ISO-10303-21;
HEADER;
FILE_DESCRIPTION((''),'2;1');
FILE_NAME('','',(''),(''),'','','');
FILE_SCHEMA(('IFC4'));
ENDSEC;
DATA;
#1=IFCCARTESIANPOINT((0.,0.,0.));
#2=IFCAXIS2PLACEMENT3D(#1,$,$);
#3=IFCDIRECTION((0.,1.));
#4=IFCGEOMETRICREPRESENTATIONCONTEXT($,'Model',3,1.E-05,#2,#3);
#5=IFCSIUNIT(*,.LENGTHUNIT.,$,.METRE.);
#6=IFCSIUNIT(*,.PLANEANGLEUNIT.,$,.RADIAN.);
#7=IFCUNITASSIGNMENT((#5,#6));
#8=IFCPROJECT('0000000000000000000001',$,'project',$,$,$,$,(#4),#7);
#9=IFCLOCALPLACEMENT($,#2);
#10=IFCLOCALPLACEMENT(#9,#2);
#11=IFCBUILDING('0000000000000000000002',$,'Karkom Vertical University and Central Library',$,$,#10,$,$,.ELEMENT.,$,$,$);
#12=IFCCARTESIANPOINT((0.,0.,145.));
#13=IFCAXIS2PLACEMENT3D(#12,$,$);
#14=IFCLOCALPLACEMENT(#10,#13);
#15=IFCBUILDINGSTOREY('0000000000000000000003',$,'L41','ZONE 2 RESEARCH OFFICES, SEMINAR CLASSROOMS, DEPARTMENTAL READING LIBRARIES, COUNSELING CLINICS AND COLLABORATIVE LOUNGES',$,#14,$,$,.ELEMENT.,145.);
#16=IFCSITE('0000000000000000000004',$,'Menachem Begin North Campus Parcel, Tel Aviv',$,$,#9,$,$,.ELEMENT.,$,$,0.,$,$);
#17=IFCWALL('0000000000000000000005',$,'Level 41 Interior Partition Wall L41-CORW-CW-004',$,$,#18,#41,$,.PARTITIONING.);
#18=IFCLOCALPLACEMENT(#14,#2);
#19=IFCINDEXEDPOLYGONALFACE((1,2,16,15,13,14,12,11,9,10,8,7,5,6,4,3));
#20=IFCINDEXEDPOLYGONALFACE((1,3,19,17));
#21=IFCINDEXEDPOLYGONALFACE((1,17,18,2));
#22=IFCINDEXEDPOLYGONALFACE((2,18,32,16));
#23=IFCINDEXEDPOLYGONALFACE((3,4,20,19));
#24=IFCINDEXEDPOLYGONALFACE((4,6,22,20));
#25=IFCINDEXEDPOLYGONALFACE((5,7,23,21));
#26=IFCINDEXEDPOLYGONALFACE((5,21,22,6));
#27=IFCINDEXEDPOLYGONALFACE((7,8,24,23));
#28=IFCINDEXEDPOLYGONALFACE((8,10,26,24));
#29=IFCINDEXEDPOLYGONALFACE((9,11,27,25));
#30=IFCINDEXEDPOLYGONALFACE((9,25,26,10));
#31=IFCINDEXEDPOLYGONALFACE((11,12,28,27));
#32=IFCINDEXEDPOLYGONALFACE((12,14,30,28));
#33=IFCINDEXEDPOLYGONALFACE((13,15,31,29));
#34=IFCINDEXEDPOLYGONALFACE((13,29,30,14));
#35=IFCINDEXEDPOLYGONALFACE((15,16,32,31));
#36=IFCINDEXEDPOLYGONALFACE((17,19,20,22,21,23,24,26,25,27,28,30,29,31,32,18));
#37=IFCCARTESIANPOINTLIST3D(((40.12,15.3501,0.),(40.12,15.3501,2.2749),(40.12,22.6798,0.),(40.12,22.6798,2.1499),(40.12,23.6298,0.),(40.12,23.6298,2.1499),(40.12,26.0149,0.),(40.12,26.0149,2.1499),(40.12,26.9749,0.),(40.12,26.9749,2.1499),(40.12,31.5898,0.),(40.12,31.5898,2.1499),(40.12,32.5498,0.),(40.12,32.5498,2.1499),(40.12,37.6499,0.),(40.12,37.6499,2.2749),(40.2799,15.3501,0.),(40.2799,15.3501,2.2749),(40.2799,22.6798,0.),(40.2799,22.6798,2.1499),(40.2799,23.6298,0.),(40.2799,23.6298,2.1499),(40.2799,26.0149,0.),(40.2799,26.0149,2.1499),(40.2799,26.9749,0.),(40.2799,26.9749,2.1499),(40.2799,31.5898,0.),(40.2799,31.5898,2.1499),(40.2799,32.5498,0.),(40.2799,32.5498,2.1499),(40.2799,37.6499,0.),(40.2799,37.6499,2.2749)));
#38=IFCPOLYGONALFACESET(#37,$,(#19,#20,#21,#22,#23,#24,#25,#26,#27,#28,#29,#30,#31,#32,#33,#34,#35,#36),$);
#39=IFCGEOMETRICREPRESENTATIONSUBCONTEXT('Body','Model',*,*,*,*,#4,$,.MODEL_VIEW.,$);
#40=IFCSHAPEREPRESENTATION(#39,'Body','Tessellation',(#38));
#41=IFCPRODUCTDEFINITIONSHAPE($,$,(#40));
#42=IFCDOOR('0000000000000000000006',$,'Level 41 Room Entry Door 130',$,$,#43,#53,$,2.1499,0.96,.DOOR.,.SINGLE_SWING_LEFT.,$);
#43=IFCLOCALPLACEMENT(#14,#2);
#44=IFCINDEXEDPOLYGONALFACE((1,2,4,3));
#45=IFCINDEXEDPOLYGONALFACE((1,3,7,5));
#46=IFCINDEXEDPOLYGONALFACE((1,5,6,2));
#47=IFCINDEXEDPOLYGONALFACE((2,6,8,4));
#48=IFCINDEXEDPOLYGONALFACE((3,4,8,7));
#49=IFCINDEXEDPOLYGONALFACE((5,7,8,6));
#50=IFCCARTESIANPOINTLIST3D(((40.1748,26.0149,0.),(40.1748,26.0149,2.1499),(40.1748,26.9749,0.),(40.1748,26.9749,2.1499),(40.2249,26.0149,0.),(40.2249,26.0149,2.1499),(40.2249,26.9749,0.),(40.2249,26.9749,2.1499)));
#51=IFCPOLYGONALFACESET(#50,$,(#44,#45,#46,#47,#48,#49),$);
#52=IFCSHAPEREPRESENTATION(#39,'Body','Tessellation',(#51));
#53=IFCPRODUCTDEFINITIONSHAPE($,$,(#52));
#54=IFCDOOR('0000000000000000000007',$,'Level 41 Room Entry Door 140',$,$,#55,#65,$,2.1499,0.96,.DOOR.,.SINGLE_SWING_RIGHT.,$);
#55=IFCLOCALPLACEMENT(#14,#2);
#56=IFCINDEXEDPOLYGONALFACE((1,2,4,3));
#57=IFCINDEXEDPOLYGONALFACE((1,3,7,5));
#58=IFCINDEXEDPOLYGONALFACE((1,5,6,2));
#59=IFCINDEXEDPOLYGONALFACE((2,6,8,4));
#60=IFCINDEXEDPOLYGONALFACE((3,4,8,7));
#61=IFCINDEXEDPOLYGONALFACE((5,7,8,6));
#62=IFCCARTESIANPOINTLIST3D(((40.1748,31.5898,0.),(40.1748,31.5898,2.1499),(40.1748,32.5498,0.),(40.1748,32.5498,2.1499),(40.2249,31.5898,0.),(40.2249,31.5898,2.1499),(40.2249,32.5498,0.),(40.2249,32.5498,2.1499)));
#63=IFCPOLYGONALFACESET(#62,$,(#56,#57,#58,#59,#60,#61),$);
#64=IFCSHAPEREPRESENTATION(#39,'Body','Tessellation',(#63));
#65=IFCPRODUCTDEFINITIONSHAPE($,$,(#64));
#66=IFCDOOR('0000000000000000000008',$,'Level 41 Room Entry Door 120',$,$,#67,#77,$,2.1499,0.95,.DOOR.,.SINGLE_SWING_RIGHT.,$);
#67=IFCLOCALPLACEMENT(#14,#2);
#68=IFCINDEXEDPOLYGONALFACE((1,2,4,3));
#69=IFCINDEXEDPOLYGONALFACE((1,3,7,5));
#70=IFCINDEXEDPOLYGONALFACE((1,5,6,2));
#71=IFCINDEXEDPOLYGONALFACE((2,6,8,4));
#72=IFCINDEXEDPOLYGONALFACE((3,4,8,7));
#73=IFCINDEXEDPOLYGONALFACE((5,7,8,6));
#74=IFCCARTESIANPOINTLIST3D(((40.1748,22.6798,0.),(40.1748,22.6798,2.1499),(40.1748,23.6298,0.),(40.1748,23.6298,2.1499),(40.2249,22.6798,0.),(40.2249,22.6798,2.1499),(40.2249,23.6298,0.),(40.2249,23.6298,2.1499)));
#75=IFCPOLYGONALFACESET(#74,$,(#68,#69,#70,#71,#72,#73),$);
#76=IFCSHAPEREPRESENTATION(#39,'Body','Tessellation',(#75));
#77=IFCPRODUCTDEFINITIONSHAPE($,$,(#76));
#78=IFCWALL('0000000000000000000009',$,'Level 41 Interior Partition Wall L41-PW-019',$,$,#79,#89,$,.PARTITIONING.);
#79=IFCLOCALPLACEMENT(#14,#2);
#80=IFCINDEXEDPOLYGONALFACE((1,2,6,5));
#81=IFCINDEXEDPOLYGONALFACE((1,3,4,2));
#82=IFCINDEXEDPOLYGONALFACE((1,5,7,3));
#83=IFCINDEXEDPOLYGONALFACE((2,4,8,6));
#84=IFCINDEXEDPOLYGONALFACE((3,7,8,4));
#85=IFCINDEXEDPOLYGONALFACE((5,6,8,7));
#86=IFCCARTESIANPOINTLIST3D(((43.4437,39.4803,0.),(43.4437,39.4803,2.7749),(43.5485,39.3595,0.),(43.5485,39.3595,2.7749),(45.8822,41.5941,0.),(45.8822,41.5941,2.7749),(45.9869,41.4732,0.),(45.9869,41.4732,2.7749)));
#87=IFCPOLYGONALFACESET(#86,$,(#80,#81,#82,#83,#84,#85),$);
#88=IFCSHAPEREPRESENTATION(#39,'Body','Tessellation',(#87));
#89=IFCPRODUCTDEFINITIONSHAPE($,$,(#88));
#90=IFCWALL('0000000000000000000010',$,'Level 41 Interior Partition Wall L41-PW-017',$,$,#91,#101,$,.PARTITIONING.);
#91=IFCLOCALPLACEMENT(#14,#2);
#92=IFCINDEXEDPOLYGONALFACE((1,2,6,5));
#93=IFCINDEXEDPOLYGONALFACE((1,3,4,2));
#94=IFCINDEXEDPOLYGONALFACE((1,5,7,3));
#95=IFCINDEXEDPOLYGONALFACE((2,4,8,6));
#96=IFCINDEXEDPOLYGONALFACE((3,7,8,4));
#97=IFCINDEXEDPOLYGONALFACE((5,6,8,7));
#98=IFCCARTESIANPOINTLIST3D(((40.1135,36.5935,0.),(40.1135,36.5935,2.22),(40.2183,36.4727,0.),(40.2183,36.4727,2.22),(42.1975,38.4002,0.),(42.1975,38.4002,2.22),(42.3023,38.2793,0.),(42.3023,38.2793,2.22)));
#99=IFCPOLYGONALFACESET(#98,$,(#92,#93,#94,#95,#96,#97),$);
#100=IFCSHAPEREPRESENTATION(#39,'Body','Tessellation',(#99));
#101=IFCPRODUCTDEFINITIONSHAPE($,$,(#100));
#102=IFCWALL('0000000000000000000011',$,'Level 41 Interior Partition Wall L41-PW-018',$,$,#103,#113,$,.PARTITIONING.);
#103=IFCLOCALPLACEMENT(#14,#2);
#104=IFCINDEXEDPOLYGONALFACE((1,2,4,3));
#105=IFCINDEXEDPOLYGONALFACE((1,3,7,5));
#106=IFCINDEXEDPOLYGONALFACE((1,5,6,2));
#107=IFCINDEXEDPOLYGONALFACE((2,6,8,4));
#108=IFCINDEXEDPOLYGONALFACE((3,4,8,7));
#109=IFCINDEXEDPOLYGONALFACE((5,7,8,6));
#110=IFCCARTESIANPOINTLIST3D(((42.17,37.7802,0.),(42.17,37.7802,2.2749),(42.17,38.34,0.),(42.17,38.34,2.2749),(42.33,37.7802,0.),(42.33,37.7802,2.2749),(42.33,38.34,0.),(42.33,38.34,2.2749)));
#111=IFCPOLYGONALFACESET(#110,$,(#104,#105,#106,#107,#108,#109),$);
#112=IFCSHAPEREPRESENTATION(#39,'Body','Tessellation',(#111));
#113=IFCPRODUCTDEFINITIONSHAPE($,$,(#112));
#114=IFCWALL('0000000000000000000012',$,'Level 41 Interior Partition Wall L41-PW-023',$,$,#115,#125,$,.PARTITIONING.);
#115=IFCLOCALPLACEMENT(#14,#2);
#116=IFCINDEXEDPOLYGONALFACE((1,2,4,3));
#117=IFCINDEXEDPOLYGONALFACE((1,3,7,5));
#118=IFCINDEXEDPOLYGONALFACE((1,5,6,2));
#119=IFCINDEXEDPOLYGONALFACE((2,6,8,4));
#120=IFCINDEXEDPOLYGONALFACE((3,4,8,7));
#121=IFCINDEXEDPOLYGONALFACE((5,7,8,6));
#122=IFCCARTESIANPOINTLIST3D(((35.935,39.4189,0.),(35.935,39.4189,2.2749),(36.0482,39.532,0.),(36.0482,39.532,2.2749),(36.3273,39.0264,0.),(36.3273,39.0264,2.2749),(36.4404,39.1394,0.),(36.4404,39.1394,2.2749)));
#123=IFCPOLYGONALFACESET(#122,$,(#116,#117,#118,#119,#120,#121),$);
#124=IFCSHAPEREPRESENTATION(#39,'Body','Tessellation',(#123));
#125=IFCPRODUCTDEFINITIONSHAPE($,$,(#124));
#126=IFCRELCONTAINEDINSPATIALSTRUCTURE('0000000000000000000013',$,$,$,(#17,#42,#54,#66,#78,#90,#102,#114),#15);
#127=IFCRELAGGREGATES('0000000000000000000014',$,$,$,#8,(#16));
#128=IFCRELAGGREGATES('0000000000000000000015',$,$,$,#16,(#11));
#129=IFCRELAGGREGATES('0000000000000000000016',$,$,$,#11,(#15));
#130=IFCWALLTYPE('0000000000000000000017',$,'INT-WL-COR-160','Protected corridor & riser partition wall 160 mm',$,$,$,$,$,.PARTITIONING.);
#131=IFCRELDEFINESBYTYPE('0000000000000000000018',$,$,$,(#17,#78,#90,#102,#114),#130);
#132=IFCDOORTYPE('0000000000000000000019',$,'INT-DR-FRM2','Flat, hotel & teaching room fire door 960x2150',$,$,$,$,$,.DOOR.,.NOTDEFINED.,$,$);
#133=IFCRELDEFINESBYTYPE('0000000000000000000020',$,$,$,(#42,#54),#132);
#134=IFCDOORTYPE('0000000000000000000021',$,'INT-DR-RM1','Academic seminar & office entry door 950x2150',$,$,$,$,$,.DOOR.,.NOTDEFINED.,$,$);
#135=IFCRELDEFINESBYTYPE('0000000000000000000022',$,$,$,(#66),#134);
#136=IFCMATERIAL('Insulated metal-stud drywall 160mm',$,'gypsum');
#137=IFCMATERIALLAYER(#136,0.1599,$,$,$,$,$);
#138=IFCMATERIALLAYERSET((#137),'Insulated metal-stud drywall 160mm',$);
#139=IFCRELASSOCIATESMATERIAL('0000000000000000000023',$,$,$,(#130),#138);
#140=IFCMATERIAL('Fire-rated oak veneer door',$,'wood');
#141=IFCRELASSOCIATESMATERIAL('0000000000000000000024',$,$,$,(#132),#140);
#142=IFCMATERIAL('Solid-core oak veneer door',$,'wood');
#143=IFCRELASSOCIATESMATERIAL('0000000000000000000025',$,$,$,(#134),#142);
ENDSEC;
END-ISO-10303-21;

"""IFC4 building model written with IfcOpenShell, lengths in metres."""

from ifc_helpers import new_model, si_unit, direction, frame, frame_2d, origin, origin_with_axes, place, context, subcontext, project, spatial, rectangle, extrude, source, transform, mapped, material, layer, layer_set, type_object, element, fill, save


model = new_model("IFC4")

# Units and contexts
model_context = context("Model", 3, precision=1e-05, world=origin(), true_north=direction((0.0, 1.0)))
body_context = subcontext(model_context, "Body", "Model", "MODEL_VIEW")
ifc_project = project(units=[si_unit("LENGTHUNIT", "METRE"), si_unit("PLANEANGLEUNIT", "RADIAN")], contexts=[model_context])

# Site, building, storey
site_placement = place(None, origin())
site = spatial("IfcSite", under=ifc_project, at=site_placement, Name="Menachem Begin North Campus Parcel, Tel Aviv", CompositionType="ELEMENT", RefElevation=0.0)
building_placement = place(site_placement, origin())
building = spatial("IfcBuilding", under=site, at=building_placement, Name="Karkom Vertical University and Central Library", CompositionType="ELEMENT")
storey_placement = place(building_placement, frame((0.0, 0.0, 145.0)))
storey = spatial("IfcBuildingStorey", under=building, at=storey_placement, Name="L41", Description="ZONE 2 RESEARCH OFFICES, SEMINAR CLASSROOMS, DEPARTMENTAL READING LIBRARIES, COUNSELING CLINICS AND COLLABORATIVE LOUNGES", CompositionType="ELEMENT", Elevation=145.0)

# Wall, openings, doors
ifc_material_1 = material(Name="Insulated metal-stud drywall 160mm", Category="gypsum")
ifc_layer_1 = layer(ifc_material_1, 0.1599)
ifc_layer_set_1 = layer_set([ifc_layer_1], Name="Insulated metal-stud drywall 160mm")
wall_type_1 = type_object("IfcWallType", Name="INT-WL-COR-160", Description="Protected corridor & riser partition wall 160 mm", PredefinedType="PARTITIONING", material=ifc_layer_set_1)
wall_1_placement = place(storey_placement, frame((40.2, 37.6499, 0.0), z_axis=(0.0, 0.0, 1.0), x_axis=(0.0, -1.0, 0.0)))
wall_1 = element("IfcWall", 1, at=wall_1_placement, inside=storey, type_object=wall_type_1, Name="Level 41 Interior Partition Wall L41-CORW-CW-004", PredefinedType="PARTITIONING", context=body_context, shape_type="SweptSolid", body=[
    extrude(rectangle(XDim=22.2998, YDim=0.1599, at=frame_2d((11.1499, 0.0))), origin(), (0.0, 0.0, 1.0), 2.2749),
])
opening_1_placement = place(wall_1_placement, frame((14.02, 0.0, 0.0)))
opening_1 = element("IfcOpeningElement", 2, at=opening_1_placement, cuts=wall_1, PredefinedType="OPENING", context=body_context, shape_type="SweptSolid", body=[
    extrude(rectangle(XDim=0.95, YDim=2.1499, at=frame_2d((0.4751, 1.075))), frame((0.0, 0.0898, 0.0), z_axis=(0.0, -1.0, 0.0), x_axis=(1.0, 0.0, 0.0)), (0.0, 0.0, 1.0), 0.1799),
])
opening_2_placement = place(wall_1_placement, frame((10.675, 0.0, 0.0)))
opening_2 = element("IfcOpeningElement", 3, at=opening_2_placement, cuts=wall_1, PredefinedType="OPENING", context=body_context, shape_type="SweptSolid", body=[
    extrude(rectangle(XDim=0.96, YDim=2.1499, at=frame_2d((0.48, 1.075))), frame((0.0, 0.0898, 0.0), z_axis=(0.0, -1.0, 0.0), x_axis=(1.0, 0.0, 0.0)), (0.0, 0.0, 1.0), 0.1799),
])
opening_3_placement = place(wall_1_placement, frame((5.1001, 0.0, 0.0)))
opening_3 = element("IfcOpeningElement", 4, at=opening_3_placement, cuts=wall_1, PredefinedType="OPENING", context=body_context, shape_type="SweptSolid", body=[
    extrude(rectangle(XDim=0.96, YDim=2.1499, at=frame_2d((0.48, 1.075))), frame((0.0, 0.0898, 0.0), z_axis=(0.0, -1.0, 0.0), x_axis=(1.0, 0.0, 0.0)), (0.0, 0.0, 1.0), 0.1799),
])
ifc_material_2 = material(Name="Fire-rated oak veneer door", Category="wood")
door_type_1 = type_object("IfcDoorType", Name="INT-DR-FRM2", Description="Flat, hotel & teaching room fire door 960x2150", OperationType="NOTDEFINED", PredefinedType="DOOR", material=ifc_material_2)
shared_shape_1 = source(origin_with_axes(), body_context, "Body", "SweptSolid", [
    extrude(rectangle(XDim=0.96, YDim=2.1499, at=frame_2d((0.48, 1.075))), frame((0.0, 0.0249, 0.0), z_axis=(0.0, -1.0, 0.0), x_axis=(1.0, 0.0, 0.0)), (0.0, 0.0, 1.0), 0.05),
])
door_1_placement = place(opening_2_placement, origin())
door_1 = element("IfcDoor", 5, at=door_1_placement, inside=storey, type_object=door_type_1, Name="Level 41 Room Entry Door 130", OperationType="SINGLE_SWING_LEFT", OverallHeight=2.1499, OverallWidth=0.96, PredefinedType="DOOR", context=body_context, shape_type="MappedRepresentation", body=[
    mapped(shared_shape_1, transform((0.0, 0.0, 0.0), scale=1.0)),
])
fill(opening_2, door_1)
door_2_placement = place(opening_3_placement, origin())
door_2 = element("IfcDoor", 6, at=door_2_placement, inside=storey, type_object=door_type_1, Name="Level 41 Room Entry Door 140", OperationType="SINGLE_SWING_RIGHT", OverallHeight=2.1499, OverallWidth=0.96, PredefinedType="DOOR", context=body_context, shape_type="MappedRepresentation", body=[
    mapped(shared_shape_1, transform((0.0, 0.0, 0.0), scale=1.0)),
])
fill(opening_3, door_2)
ifc_material_3 = material(Name="Solid-core oak veneer door", Category="wood")
door_type_2 = type_object("IfcDoorType", Name="INT-DR-RM1", Description="Academic seminar & office entry door 950x2150", OperationType="NOTDEFINED", PredefinedType="DOOR", material=ifc_material_3)
shared_shape_2 = source(origin_with_axes(), body_context, "Body", "SweptSolid", [
    extrude(rectangle(XDim=0.95, YDim=2.1499, at=frame_2d((0.4751, 1.075))), frame((0.0, 0.0249, 0.0), z_axis=(0.0, -1.0, 0.0), x_axis=(1.0, 0.0, 0.0)), (0.0, 0.0, 1.0), 0.05),
])
door_3_placement = place(opening_1_placement, origin())
door_3 = element("IfcDoor", 7, at=door_3_placement, inside=storey, type_object=door_type_2, Name="Level 41 Room Entry Door 120", OperationType="SINGLE_SWING_RIGHT", OverallHeight=2.1499, OverallWidth=0.95, PredefinedType="DOOR", context=body_context, shape_type="MappedRepresentation", body=[
    mapped(shared_shape_2, transform((0.0, 0.0, 0.0), scale=1.0)),
])
fill(opening_1, door_3)

# Walls
wall_2_placement = place(storey_placement, frame((43.4961, 39.4199, 0.0), z_axis=(0.0, 0.0, 1.0), x_axis=(0.755624, 0.655005, 0.0)))
element("IfcWall", 8, at=wall_2_placement, inside=storey, type_object=wall_type_1, Name="Level 41 Interior Partition Wall L41-PW-019", PredefinedType="PARTITIONING", context=body_context, shape_type="SweptSolid", body=[
    extrude(rectangle(XDim=3.2271, YDim=0.1599, at=frame_2d((1.6135, 0.0))), origin(), (0.0, 0.0, 1.0), 2.7749),
])
wall_3_placement = place(storey_placement, frame((40.166, 36.5332, 0.0), z_axis=(0.0, 0.0, 1.0), x_axis=(0.755596, 0.655038, 0.0)))
element("IfcWall", 9, at=wall_3_placement, inside=storey, type_object=wall_type_1, Name="Level 41 Interior Partition Wall L41-PW-017", PredefinedType="PARTITIONING", context=body_context, shape_type="SweptSolid", body=[
    extrude(rectangle(XDim=2.7581, YDim=0.1599, at=frame_2d((1.3789, 0.0))), origin(), (0.0, 0.0, 1.0), 2.22),
])
wall_4_placement = place(storey_placement, frame((42.25, 38.3398, 0.0), z_axis=(0.0, 0.0, 1.0), x_axis=(0.0, -1.0, 0.0)))
element("IfcWall", 10, at=wall_4_placement, inside=storey, type_object=wall_type_1, Name="Level 41 Interior Partition Wall L41-PW-018", PredefinedType="PARTITIONING", context=body_context, shape_type="SweptSolid", body=[
    extrude(rectangle(XDim=0.5598, YDim=0.1599, at=frame_2d((0.2798, 0.0))), origin(), (0.0, 0.0, 1.0), 2.2749),
])
wall_5_placement = place(storey_placement, frame((36.3838, 39.083, 0.0), z_axis=(0.0, 0.0, 1.0), x_axis=(-0.706887, 0.707327, 0.0)))
element("IfcWall", 11, at=wall_5_placement, inside=storey, type_object=wall_type_1, Name="Level 41 Interior Partition Wall L41-PW-023", PredefinedType="PARTITIONING", context=body_context, shape_type="SweptSolid", body=[
    extrude(rectangle(XDim=0.5549, YDim=0.1599, at=frame_2d((0.2773, 0.0))), origin(), (0.0, 0.0, 1.0), 2.2749),
])

save(model, "model.ifc")
